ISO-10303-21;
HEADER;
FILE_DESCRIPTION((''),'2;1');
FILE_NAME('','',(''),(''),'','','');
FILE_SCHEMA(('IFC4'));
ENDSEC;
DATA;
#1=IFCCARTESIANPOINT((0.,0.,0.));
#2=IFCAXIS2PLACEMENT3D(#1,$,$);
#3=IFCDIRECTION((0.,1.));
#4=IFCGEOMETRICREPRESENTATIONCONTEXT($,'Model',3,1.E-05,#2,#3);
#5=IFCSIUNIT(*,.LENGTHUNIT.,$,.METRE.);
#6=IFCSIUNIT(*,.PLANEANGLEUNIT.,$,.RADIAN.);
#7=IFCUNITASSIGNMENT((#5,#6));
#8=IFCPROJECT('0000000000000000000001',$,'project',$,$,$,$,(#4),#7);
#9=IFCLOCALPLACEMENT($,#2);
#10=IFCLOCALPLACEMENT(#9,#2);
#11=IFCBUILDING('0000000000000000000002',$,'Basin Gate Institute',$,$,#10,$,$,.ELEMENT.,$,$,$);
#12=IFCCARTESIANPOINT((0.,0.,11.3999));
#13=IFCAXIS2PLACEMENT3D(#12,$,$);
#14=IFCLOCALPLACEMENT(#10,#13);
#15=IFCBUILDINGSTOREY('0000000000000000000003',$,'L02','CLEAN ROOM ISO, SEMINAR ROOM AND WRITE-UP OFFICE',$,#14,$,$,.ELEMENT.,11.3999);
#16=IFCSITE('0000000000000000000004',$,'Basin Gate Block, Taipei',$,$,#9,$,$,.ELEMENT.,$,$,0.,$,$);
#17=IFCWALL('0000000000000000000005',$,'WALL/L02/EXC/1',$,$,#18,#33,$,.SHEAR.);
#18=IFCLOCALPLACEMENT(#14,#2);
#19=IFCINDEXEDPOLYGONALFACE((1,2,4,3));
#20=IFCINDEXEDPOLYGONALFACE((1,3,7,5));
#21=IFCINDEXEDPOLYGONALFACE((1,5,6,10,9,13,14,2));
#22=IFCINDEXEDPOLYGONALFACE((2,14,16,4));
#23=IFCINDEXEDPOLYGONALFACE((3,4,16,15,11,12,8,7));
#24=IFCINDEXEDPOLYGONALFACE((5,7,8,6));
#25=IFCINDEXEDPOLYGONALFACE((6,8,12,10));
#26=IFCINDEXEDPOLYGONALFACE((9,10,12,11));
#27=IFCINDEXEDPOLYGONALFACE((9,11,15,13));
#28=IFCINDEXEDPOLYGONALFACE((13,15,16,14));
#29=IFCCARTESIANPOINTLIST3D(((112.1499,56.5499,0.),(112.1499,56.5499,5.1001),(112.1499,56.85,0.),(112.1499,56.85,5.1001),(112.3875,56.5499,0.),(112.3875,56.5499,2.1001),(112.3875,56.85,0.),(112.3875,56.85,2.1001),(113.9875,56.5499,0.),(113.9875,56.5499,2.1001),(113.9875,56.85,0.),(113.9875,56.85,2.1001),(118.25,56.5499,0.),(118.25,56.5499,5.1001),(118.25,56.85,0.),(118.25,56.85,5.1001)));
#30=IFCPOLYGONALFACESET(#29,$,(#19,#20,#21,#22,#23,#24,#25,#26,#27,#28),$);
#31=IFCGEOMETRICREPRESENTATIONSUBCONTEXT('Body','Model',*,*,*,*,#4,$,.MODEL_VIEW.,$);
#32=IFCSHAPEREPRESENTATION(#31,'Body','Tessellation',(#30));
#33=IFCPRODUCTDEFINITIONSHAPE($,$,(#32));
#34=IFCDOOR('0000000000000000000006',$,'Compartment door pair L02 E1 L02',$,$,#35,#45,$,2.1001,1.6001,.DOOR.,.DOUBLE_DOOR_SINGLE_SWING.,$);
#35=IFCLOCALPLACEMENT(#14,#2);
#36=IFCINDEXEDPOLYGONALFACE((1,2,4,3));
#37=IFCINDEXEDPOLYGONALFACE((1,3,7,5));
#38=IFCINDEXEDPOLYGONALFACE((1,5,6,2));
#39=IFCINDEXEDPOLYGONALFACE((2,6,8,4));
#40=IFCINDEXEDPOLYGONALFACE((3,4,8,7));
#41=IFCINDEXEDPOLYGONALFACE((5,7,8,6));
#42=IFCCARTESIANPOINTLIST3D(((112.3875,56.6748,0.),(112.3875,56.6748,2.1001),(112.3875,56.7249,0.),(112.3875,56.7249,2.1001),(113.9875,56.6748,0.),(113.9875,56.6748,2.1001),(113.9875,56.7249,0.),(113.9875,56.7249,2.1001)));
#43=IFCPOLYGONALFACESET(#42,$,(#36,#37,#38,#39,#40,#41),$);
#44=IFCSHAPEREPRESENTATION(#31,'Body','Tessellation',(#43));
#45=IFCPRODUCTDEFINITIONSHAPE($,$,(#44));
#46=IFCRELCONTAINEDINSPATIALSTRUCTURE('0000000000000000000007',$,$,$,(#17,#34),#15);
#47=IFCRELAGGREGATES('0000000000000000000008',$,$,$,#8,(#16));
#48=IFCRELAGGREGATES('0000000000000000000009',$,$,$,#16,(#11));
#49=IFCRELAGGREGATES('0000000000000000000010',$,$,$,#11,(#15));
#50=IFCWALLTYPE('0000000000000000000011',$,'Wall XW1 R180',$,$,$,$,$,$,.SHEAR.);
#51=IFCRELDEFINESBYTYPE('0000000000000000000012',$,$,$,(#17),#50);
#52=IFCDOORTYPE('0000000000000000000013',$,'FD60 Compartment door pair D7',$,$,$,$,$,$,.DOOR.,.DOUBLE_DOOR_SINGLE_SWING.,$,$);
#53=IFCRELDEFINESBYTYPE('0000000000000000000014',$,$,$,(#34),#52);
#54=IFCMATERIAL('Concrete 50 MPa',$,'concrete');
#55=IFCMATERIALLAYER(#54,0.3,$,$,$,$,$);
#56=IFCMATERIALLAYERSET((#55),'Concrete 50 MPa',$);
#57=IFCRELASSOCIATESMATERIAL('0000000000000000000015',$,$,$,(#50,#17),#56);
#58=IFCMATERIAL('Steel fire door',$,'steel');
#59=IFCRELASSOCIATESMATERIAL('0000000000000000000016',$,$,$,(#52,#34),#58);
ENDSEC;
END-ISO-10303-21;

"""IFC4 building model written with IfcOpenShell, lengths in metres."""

from ifc_helpers import new_model, si_unit, direction, frame, frame_2d, origin, place, context, subcontext, project, spatial, rectangle, extrude, material, layer, layer_set, type_object, element, fill, save


model = new_model("IFC4")

# Units and contexts
model_context = context("Model", 3, precision=1e-05, world=origin(), true_north=direction((0.0, 1.0)))
body_context = subcontext(model_context, "Body", "Model", "MODEL_VIEW")
ifc_project = project(units=[si_unit("LENGTHUNIT", "METRE"), si_unit("PLANEANGLEUNIT", "RADIAN")], contexts=[model_context])

# Site, building, storey
site_placement = place(None, origin())
site = spatial("IfcSite", under=ifc_project, at=site_placement, Name="Basin Gate Block, Taipei", CompositionType="ELEMENT", RefElevation=0.0)
building_placement = place(site_placement, origin())
building = spatial("IfcBuilding", under=site, at=building_placement, Name="Basin Gate Institute", CompositionType="ELEMENT")
storey_placement = place(building_placement, frame((0.0, 0.0, 11.3999)))
storey = spatial("IfcBuildingStorey", under=building, at=storey_placement, Name="L02", Description="CLEAN ROOM ISO, SEMINAR ROOM AND WRITE-UP OFFICE", CompositionType="ELEMENT", Elevation=11.3999)

# Wall, opening, door
ifc_material_1 = material(Name="Concrete 50 MPa", Category="concrete")
ifc_layer_1 = layer(ifc_material_1, 0.3)
ifc_layer_set_1 = layer_set([ifc_layer_1], Name="Concrete 50 MPa")
wall_type_1 = type_object("IfcWallType", Name="Wall XW1 R180", PredefinedType="SHEAR", material=ifc_layer_set_1)
wall_1_placement = place(storey_placement, frame((118.25, 56.7, 0.0), z_axis=(0.0, 0.0, 1.0), x_axis=(-1.0, 0.0, 0.0)))
wall_1 = element("IfcWall", 1, at=wall_1_placement, inside=storey, type_object=wall_type_1, material=ifc_layer_set_1, Name="WALL/L02/EXC/1", PredefinedType="SHEAR", context=body_context, shape_type="SweptSolid", body=[
    extrude(rectangle(XDim=6.1001, YDim=0.3, at=frame_2d((3.05, 0.0))), origin(), (0.0, 0.0, 1.0), 5.1001),
])
opening_1_placement = place(wall_1_placement, frame((4.2625, 0.0, 0.0)))
opening_1 = element("IfcOpeningElement", 2, at=opening_1_placement, cuts=wall_1, PredefinedType="OPENING", context=body_context, shape_type="SweptSolid", body=[
    extrude(rectangle(XDim=1.6001, YDim=2.1001, at=frame_2d((0.8, 1.05))), frame((0.0, 0.1602, 0.0), z_axis=(0.0, -1.0, 0.0), x_axis=(1.0, 0.0, 0.0)), (0.0, 0.0, 1.0), 0.3201),
])
ifc_material_2 = material(Name="Steel fire door", Category="steel")
door_type_1 = type_object("IfcDoorType", Name="FD60 Compartment door pair D7", OperationType="DOUBLE_DOOR_SINGLE_SWING", PredefinedType="DOOR", material=ifc_material_2)
door_1_placement = place(opening_1_placement, frame((1.6001, 0.0, 0.0), z_axis=(0.0, 0.0, 1.0), x_axis=(-1.0, 0.0, 0.0)))
door_1 = element("IfcDoor", 3, at=door_1_placement, inside=storey, type_object=door_type_1, material=ifc_material_2, Name="Compartment door pair L02 E1 L02", OperationType="DOUBLE_DOOR_SINGLE_SWING", OverallHeight=2.1001, OverallWidth=1.6001, PredefinedType="DOOR", context=body_context, shape_type="SweptSolid", body=[
    extrude(rectangle(XDim=1.6001, YDim=2.1001, at=frame_2d((0.8, 1.05))), frame((0.0, 0.0249, 0.0), z_axis=(0.0, -1.0, 0.0), x_axis=(1.0, 0.0, 0.0)), (0.0, 0.0, 1.0), 0.05),
])
fill(opening_1, door_1)

save(model, "model.ifc")
